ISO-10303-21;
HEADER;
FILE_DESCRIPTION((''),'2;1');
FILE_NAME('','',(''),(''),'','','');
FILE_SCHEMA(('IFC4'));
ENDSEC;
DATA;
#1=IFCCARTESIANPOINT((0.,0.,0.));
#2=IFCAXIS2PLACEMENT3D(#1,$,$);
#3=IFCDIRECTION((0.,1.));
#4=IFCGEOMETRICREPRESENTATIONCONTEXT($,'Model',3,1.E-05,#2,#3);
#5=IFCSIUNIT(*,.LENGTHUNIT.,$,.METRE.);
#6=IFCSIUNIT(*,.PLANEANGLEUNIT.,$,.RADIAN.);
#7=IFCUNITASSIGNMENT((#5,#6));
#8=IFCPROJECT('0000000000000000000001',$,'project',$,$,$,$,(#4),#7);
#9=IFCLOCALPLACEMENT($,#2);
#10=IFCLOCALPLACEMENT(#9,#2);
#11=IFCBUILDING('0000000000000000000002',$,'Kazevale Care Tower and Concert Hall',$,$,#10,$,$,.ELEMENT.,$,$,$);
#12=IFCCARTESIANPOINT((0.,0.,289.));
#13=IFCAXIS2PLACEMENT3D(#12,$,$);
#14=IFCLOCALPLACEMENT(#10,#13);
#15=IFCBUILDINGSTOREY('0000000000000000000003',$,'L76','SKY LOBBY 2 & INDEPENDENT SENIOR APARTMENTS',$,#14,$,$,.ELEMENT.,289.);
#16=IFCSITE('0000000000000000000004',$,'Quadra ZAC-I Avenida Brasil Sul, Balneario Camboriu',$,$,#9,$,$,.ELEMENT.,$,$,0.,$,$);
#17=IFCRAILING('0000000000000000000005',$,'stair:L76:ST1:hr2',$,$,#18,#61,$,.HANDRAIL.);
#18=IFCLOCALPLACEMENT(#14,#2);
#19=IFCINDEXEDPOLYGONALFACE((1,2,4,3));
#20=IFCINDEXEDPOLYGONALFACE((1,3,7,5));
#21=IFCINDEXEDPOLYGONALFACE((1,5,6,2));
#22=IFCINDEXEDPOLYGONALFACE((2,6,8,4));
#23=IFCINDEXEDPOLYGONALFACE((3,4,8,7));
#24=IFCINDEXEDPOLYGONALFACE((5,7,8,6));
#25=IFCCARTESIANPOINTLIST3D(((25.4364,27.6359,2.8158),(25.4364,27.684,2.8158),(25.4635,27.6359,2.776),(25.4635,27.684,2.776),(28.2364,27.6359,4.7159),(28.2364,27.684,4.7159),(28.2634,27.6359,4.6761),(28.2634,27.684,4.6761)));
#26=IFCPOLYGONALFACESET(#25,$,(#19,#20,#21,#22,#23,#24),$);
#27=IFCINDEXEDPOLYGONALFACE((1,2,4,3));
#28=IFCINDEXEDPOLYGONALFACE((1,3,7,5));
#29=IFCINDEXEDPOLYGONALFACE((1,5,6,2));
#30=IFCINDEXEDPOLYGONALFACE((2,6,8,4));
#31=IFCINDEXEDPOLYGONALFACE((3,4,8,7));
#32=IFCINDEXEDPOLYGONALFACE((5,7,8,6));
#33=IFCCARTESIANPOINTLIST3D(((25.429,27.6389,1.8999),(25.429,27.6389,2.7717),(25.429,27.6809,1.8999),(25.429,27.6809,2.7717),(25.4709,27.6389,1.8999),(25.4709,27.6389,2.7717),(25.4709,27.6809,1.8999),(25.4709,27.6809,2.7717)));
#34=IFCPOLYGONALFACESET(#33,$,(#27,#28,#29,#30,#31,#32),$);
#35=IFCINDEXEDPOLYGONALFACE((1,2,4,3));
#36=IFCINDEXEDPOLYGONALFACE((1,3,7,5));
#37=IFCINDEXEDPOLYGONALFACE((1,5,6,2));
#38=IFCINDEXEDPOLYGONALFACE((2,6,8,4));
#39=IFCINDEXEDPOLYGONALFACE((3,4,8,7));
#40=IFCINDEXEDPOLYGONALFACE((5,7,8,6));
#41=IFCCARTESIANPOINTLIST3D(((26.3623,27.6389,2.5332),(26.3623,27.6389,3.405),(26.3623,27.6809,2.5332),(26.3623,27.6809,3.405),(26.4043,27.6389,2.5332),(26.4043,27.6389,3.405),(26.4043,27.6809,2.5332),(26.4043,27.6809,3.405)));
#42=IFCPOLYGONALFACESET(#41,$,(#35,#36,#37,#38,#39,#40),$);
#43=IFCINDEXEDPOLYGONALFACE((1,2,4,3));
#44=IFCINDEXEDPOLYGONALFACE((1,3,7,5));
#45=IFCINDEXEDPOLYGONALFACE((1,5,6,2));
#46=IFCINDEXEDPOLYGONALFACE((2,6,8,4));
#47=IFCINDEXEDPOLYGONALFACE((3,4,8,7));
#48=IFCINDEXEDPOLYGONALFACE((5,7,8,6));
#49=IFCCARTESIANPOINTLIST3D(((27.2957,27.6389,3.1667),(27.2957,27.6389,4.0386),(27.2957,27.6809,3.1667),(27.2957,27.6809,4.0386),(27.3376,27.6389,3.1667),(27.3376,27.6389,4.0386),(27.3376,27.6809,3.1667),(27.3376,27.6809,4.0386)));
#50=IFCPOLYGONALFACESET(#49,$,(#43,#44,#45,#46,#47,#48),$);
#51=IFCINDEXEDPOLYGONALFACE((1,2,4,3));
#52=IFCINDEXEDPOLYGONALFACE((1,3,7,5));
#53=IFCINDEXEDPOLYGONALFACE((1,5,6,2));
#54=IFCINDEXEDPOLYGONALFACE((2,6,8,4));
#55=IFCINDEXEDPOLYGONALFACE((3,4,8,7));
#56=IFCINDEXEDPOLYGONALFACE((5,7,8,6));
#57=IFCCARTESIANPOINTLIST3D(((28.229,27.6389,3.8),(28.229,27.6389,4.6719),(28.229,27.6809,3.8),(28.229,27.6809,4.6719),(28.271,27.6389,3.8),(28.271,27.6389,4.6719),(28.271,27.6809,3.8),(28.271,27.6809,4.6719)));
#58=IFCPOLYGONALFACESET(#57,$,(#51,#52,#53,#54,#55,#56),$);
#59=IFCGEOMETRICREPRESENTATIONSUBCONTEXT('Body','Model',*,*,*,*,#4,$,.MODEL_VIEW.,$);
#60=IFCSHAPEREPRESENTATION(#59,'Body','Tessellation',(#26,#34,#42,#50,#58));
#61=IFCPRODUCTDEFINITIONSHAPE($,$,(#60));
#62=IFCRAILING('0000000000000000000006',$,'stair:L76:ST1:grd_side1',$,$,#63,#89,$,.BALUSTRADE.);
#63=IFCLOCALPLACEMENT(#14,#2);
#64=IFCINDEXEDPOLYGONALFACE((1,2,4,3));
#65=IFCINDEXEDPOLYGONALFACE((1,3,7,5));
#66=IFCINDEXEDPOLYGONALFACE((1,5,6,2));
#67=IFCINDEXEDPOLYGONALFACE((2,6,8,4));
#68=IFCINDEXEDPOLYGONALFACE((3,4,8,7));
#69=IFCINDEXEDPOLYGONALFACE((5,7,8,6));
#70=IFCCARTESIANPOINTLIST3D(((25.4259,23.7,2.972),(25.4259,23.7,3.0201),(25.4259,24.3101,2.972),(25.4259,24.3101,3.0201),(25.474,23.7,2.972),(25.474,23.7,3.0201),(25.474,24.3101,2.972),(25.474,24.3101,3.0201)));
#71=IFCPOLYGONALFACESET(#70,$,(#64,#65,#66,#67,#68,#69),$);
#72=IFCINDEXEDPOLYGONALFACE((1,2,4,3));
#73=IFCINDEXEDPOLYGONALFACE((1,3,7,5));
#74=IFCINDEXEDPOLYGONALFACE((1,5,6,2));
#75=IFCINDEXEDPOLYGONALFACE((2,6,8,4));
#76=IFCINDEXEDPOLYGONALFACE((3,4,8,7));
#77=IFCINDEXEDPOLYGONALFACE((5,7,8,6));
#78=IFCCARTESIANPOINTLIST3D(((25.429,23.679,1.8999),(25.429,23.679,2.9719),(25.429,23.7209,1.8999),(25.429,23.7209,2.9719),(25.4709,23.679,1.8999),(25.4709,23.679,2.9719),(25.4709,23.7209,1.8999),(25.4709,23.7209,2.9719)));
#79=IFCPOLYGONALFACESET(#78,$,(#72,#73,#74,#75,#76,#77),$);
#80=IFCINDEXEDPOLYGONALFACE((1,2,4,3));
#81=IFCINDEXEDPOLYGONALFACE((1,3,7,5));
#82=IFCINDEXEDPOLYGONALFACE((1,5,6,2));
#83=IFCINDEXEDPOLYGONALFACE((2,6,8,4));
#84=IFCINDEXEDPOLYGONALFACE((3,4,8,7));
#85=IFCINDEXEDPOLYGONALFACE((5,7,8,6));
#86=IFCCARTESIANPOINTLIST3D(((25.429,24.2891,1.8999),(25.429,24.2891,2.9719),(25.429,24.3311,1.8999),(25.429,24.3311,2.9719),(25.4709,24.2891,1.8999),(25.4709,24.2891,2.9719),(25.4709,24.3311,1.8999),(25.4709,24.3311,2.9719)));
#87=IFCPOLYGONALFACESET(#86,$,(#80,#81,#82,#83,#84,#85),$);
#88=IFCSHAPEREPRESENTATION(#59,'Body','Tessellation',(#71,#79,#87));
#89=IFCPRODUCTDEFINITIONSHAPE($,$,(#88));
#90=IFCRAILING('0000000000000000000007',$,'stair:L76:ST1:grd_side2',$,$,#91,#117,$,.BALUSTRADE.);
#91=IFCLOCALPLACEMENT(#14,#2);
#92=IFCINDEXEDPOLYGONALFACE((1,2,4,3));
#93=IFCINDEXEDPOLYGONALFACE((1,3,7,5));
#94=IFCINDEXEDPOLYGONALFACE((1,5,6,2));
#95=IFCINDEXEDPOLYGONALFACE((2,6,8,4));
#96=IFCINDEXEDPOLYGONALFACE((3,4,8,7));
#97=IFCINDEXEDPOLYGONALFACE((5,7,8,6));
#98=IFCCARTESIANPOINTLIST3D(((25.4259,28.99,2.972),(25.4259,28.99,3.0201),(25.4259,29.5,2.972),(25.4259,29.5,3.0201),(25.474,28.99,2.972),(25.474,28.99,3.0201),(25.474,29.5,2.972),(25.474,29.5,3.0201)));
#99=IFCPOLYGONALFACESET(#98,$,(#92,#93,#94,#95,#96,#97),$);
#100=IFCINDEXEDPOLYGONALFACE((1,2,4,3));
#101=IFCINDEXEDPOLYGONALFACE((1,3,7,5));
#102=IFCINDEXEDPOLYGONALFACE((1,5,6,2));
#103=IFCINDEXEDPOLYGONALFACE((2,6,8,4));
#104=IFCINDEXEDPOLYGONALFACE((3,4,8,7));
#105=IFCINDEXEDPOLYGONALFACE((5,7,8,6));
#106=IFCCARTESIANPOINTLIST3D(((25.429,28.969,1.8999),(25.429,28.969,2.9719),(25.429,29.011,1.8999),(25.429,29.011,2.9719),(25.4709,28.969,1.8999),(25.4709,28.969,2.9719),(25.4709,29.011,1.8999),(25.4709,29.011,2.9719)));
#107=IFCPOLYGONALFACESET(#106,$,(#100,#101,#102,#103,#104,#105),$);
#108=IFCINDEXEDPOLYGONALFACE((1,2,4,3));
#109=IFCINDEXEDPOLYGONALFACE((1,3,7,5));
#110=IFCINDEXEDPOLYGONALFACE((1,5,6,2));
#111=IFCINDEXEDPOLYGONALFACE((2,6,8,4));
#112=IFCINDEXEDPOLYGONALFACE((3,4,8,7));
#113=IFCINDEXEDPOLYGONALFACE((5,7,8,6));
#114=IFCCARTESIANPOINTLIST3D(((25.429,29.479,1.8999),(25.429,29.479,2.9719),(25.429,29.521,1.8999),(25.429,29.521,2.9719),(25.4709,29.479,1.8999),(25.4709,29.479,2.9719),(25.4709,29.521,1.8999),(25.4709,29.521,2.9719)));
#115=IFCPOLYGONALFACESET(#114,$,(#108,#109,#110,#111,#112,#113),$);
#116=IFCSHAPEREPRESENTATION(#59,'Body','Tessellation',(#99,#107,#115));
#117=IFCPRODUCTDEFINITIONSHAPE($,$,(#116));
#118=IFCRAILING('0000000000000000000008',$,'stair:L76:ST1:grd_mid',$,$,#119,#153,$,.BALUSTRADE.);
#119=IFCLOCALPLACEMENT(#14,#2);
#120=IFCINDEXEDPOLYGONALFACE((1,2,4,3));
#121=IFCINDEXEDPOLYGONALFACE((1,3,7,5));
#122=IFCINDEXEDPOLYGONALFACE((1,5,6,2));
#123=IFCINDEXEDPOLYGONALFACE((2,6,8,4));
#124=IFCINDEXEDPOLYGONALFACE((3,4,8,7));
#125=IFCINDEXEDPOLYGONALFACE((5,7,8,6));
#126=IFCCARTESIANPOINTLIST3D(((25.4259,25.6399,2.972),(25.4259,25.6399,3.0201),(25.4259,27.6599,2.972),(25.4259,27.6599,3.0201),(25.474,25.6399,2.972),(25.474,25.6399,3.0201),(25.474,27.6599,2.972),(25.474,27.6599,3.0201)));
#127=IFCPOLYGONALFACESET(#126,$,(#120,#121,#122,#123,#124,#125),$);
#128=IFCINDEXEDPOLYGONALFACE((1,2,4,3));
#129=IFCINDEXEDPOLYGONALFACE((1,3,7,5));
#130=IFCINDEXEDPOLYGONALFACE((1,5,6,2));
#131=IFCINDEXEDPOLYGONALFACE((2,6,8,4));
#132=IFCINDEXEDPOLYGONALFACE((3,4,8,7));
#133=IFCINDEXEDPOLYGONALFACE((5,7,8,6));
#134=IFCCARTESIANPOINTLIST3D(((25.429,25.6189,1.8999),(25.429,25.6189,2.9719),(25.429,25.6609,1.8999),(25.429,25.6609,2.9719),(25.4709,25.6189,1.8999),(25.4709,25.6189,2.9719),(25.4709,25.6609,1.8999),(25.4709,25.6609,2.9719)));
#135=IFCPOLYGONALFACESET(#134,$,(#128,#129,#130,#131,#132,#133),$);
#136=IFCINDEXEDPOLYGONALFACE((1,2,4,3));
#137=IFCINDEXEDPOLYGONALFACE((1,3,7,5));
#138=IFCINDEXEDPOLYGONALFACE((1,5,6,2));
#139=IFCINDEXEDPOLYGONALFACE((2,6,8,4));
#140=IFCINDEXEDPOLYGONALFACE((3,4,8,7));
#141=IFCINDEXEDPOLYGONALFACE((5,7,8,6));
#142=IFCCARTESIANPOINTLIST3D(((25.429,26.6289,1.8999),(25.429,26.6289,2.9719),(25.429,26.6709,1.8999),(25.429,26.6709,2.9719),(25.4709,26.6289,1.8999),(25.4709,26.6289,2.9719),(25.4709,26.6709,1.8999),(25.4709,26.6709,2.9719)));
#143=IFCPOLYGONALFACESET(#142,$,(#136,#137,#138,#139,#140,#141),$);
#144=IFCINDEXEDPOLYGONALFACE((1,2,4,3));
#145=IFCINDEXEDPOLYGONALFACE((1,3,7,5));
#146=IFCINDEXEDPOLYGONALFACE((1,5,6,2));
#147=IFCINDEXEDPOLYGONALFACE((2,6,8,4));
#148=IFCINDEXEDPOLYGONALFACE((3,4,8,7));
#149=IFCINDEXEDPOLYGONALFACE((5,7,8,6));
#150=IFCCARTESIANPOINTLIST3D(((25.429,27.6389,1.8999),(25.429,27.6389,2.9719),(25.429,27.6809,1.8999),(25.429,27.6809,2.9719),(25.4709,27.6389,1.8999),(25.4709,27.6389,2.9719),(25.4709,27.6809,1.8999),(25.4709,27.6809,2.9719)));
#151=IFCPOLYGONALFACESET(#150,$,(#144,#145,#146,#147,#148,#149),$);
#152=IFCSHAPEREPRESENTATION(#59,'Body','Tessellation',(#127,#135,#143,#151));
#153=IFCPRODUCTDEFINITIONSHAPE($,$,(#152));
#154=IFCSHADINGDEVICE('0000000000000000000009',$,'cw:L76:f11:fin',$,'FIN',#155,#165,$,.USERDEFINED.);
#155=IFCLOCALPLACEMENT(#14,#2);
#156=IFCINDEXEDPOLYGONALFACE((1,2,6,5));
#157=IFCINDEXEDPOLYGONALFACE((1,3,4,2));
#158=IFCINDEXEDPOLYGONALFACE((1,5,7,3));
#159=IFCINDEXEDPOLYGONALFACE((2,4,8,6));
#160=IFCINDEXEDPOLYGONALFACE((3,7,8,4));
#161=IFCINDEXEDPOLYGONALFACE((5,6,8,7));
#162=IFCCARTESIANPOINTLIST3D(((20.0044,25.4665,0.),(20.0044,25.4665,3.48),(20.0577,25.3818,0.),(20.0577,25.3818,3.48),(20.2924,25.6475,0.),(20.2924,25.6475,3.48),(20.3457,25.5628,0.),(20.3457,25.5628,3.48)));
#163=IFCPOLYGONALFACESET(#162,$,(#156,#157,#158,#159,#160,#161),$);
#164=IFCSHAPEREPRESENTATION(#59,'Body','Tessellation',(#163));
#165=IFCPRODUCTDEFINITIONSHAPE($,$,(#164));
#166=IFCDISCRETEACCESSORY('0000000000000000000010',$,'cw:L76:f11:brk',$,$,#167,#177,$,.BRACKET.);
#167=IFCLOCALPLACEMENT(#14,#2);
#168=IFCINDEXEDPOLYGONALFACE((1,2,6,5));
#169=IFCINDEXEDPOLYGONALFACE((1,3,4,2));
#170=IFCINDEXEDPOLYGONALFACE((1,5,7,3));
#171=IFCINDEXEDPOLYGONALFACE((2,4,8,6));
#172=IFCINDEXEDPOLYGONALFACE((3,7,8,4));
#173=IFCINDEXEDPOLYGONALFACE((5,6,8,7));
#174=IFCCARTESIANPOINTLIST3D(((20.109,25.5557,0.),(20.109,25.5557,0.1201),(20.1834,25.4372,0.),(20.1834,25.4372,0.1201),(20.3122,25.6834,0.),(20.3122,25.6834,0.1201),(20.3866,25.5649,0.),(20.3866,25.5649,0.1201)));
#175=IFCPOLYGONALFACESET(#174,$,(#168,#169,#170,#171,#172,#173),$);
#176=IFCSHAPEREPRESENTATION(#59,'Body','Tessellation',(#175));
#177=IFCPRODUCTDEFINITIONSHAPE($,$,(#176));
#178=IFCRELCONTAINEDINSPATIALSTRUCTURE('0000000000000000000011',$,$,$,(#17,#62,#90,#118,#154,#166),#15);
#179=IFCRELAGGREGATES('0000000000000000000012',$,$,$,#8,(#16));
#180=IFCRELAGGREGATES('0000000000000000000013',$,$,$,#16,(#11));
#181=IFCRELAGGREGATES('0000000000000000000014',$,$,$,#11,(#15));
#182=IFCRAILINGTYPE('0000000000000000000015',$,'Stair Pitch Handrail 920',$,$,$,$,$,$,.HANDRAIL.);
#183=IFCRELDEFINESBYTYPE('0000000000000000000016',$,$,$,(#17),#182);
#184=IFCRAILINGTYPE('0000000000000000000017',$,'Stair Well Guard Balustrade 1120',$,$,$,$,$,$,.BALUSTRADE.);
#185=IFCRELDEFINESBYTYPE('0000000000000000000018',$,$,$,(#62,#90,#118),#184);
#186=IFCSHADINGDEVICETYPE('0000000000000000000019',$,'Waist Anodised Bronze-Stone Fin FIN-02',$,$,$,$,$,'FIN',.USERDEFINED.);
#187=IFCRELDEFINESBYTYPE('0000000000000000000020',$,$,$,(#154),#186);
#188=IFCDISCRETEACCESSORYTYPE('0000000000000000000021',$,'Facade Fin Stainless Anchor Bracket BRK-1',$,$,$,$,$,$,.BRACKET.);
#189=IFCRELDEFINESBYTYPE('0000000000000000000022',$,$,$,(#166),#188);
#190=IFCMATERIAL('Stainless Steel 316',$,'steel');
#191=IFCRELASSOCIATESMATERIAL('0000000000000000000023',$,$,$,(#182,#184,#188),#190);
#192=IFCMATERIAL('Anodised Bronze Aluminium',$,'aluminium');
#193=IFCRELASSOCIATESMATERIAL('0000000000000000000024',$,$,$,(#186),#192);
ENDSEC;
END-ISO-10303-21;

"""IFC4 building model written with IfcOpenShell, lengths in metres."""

from ifc_helpers import new_model, si_unit, direction, frame, origin, origin_2d, place, context, subcontext, project, spatial, rectangle, extrude, material, type_object, element, save


model = new_model("IFC4")

# Units and contexts
model_context = context("Model", 3, precision=1e-05, world=origin(), true_north=direction((0.0, 1.0)))
body_context = subcontext(model_context, "Body", "Model", "MODEL_VIEW")
ifc_project = project(units=[si_unit("LENGTHUNIT", "METRE"), si_unit("PLANEANGLEUNIT", "RADIAN")], contexts=[model_context])

# Site, building, storey
site_placement = place(None, origin())
site = spatial("IfcSite", under=ifc_project, at=site_placement, Name="Quadra ZAC-I Avenida Brasil Sul, Balneario Camboriu", CompositionType="ELEMENT", RefElevation=0.0)
building_placement = place(site_placement, origin())
building = spatial("IfcBuilding", under=site, at=building_placement, Name="Kazevale Care Tower and Concert Hall", CompositionType="ELEMENT")
storey_placement = place(building_placement, frame((0.0, 0.0, 289.0)))
storey = spatial("IfcBuildingStorey", under=building, at=storey_placement, Name="L76", Description="SKY LOBBY 2 & INDEPENDENT SENIOR APARTMENTS", CompositionType="ELEMENT", Elevation=289.0)

# Railings
ifc_material_1 = material(Name="Stainless Steel 316", Category="steel")
railing_type_1 = type_object("IfcRailingType", Name="Stair Pitch Handrail 920", PredefinedType="HANDRAIL", material=ifc_material_1)
railing_1_placement = place(storey_placement, frame((25.45, 27.6599, 1.8999)))
element("IfcRailing", 1, at=railing_1_placement, inside=storey, type_object=railing_type_1, Name="stair:L76:ST1:hr2", PredefinedType="HANDRAIL", context=body_context, shape_type="SweptSolid", body=[
    extrude(rectangle(XDim=0.0481, YDim=0.0481, at=origin_2d()), frame((0.0, 0.0, 0.896), z_axis=(0.82746, 0.0, 0.561524), x_axis=(0.0, 1.0, 0.0)), (0.0, 0.0, 1.0), 3.3838),
    extrude(rectangle(XDim=0.042, YDim=0.042, at=origin_2d()), origin(), (0.0, 0.0, 1.0), 0.8718),
    extrude(rectangle(XDim=0.042, YDim=0.042, at=origin_2d()), frame((0.9333, 0.0, 0.6333)), (0.0, 0.0, 1.0), 0.8718),
    extrude(rectangle(XDim=0.042, YDim=0.042, at=origin_2d()), frame((1.8667, 0.0, 1.2668)), (0.0, 0.0, 1.0), 0.8718),
    extrude(rectangle(XDim=0.042, YDim=0.042, at=origin_2d()), frame((2.8, 0.0, 1.9001)), (0.0, 0.0, 1.0), 0.8718),
])
railing_type_2 = type_object("IfcRailingType", Name="Stair Well Guard Balustrade 1120", PredefinedType="BALUSTRADE", material=ifc_material_1)
railing_2_placement = place(storey_placement, frame((25.45, 23.7, 1.8999)))
element("IfcRailing", 2, at=railing_2_placement, inside=storey, type_object=railing_type_2, Name="stair:L76:ST1:grd_side1", PredefinedType="BALUSTRADE", context=body_context, shape_type="SweptSolid", body=[
    extrude(rectangle(XDim=0.0481, YDim=0.0481, at=origin_2d()), frame((0.0, 0.0, 1.0962), z_axis=(0.0, 1.0, 0.0), x_axis=(-1.0, 0.0, 0.0)), (0.0, 0.0, 1.0), 0.6101),
    extrude(rectangle(XDim=0.042, YDim=0.042, at=origin_2d()), origin(), (0.0, 0.0, 1.0), 1.072),
    extrude(rectangle(XDim=0.042, YDim=0.042, at=origin_2d()), frame((0.0, 0.6101, 0.0)), (0.0, 0.0, 1.0), 1.072),
])
railing_3_placement = place(storey_placement, frame((25.45, 28.99, 1.8999)))
element("IfcRailing", 3, at=railing_3_placement, inside=storey, type_object=railing_type_2, Name="stair:L76:ST1:grd_side2", PredefinedType="BALUSTRADE", context=body_context, shape_type="SweptSolid", body=[
    extrude(rectangle(XDim=0.0481, YDim=0.0481, at=origin_2d()), frame((0.0, 0.0, 1.0962), z_axis=(0.0, 1.0, 0.0), x_axis=(-1.0, 0.0, 0.0)), (0.0, 0.0, 1.0), 0.51),
    extrude(rectangle(XDim=0.042, YDim=0.042, at=origin_2d()), origin(), (0.0, 0.0, 1.0), 1.072),
    extrude(rectangle(XDim=0.042, YDim=0.042, at=origin_2d()), frame((0.0, 0.51, 0.0)), (0.0, 0.0, 1.0), 1.072),
])
railing_4_placement = place(storey_placement, frame((25.45, 25.6399, 1.8999)))
element("IfcRailing", 4, at=railing_4_placement, inside=storey, type_object=railing_type_2, Name="stair:L76:ST1:grd_mid", PredefinedType="BALUSTRADE", context=body_context, shape_type="SweptSolid", body=[
    extrude(rectangle(XDim=0.0481, YDim=0.0481, at=origin_2d()), frame((0.0, 0.0, 1.0962), z_axis=(0.0, 1.0, 0.0), x_axis=(-1.0, 0.0, 0.0)), (0.0, 0.0, 1.0), 2.02),
    extrude(rectangle(XDim=0.042, YDim=0.042, at=origin_2d()), origin(), (0.0, 0.0, 1.0), 1.072),
    extrude(rectangle(XDim=0.042, YDim=0.042, at=origin_2d()), frame((0.0, 1.01, 0.0)), (0.0, 0.0, 1.0), 1.072),
    extrude(rectangle(XDim=0.042, YDim=0.042, at=origin_2d()), frame((0.0, 2.02, 0.0)), (0.0, 0.0, 1.0), 1.072),
])

# Shading device
ifc_material_2 = material(Name="Anodised Bronze Aluminium", Category="aluminium")
shading_device_type = type_object("IfcShadingDeviceType", Name="Waist Anodised Bronze-Stone Fin FIN-02", ElementType="FIN", PredefinedType="USERDEFINED", material=ifc_material_2)
shading_device_placement = place(storey_placement, frame((20.175, 25.5146, 0.0), z_axis=(0.0, 0.0, 1.0), x_axis=(-0.846658, -0.532138, 0.0)))
element("IfcShadingDevice", 5, at=shading_device_placement, inside=storey, type_object=shading_device_type, Name="cw:L76:f11:fin", ObjectType="FIN", PredefinedType="USERDEFINED", context=body_context, shape_type="SweptSolid", body=[
    extrude(rectangle(XDim=0.3401, YDim=0.1001, at=origin_2d()), origin(), (0.0, 0.0, 1.0), 3.48),
])

# Discrete accessory
discrete_accessory_type = type_object("IfcDiscreteAccessoryType", Name="Facade Fin Stainless Anchor Bracket BRK-1", PredefinedType="BRACKET", material=ifc_material_1)
discrete_accessory_placement = place(storey_placement, frame((20.2478, 25.5603, 0.0), z_axis=(0.0, 0.0, 1.0), x_axis=(-0.846658, -0.532138, 0.0)))
element("IfcDiscreteAccessory", 6, at=discrete_accessory_placement, inside=storey, type_object=discrete_accessory_type, Name="cw:L76:f11:brk", PredefinedType="BRACKET", context=body_context, shape_type="SweptSolid", body=[
    extrude(rectangle(XDim=0.24, YDim=0.1399, at=origin_2d()), origin(), (0.0, 0.0, 1.0), 0.1201),
])

save(model, "model.ifc")
